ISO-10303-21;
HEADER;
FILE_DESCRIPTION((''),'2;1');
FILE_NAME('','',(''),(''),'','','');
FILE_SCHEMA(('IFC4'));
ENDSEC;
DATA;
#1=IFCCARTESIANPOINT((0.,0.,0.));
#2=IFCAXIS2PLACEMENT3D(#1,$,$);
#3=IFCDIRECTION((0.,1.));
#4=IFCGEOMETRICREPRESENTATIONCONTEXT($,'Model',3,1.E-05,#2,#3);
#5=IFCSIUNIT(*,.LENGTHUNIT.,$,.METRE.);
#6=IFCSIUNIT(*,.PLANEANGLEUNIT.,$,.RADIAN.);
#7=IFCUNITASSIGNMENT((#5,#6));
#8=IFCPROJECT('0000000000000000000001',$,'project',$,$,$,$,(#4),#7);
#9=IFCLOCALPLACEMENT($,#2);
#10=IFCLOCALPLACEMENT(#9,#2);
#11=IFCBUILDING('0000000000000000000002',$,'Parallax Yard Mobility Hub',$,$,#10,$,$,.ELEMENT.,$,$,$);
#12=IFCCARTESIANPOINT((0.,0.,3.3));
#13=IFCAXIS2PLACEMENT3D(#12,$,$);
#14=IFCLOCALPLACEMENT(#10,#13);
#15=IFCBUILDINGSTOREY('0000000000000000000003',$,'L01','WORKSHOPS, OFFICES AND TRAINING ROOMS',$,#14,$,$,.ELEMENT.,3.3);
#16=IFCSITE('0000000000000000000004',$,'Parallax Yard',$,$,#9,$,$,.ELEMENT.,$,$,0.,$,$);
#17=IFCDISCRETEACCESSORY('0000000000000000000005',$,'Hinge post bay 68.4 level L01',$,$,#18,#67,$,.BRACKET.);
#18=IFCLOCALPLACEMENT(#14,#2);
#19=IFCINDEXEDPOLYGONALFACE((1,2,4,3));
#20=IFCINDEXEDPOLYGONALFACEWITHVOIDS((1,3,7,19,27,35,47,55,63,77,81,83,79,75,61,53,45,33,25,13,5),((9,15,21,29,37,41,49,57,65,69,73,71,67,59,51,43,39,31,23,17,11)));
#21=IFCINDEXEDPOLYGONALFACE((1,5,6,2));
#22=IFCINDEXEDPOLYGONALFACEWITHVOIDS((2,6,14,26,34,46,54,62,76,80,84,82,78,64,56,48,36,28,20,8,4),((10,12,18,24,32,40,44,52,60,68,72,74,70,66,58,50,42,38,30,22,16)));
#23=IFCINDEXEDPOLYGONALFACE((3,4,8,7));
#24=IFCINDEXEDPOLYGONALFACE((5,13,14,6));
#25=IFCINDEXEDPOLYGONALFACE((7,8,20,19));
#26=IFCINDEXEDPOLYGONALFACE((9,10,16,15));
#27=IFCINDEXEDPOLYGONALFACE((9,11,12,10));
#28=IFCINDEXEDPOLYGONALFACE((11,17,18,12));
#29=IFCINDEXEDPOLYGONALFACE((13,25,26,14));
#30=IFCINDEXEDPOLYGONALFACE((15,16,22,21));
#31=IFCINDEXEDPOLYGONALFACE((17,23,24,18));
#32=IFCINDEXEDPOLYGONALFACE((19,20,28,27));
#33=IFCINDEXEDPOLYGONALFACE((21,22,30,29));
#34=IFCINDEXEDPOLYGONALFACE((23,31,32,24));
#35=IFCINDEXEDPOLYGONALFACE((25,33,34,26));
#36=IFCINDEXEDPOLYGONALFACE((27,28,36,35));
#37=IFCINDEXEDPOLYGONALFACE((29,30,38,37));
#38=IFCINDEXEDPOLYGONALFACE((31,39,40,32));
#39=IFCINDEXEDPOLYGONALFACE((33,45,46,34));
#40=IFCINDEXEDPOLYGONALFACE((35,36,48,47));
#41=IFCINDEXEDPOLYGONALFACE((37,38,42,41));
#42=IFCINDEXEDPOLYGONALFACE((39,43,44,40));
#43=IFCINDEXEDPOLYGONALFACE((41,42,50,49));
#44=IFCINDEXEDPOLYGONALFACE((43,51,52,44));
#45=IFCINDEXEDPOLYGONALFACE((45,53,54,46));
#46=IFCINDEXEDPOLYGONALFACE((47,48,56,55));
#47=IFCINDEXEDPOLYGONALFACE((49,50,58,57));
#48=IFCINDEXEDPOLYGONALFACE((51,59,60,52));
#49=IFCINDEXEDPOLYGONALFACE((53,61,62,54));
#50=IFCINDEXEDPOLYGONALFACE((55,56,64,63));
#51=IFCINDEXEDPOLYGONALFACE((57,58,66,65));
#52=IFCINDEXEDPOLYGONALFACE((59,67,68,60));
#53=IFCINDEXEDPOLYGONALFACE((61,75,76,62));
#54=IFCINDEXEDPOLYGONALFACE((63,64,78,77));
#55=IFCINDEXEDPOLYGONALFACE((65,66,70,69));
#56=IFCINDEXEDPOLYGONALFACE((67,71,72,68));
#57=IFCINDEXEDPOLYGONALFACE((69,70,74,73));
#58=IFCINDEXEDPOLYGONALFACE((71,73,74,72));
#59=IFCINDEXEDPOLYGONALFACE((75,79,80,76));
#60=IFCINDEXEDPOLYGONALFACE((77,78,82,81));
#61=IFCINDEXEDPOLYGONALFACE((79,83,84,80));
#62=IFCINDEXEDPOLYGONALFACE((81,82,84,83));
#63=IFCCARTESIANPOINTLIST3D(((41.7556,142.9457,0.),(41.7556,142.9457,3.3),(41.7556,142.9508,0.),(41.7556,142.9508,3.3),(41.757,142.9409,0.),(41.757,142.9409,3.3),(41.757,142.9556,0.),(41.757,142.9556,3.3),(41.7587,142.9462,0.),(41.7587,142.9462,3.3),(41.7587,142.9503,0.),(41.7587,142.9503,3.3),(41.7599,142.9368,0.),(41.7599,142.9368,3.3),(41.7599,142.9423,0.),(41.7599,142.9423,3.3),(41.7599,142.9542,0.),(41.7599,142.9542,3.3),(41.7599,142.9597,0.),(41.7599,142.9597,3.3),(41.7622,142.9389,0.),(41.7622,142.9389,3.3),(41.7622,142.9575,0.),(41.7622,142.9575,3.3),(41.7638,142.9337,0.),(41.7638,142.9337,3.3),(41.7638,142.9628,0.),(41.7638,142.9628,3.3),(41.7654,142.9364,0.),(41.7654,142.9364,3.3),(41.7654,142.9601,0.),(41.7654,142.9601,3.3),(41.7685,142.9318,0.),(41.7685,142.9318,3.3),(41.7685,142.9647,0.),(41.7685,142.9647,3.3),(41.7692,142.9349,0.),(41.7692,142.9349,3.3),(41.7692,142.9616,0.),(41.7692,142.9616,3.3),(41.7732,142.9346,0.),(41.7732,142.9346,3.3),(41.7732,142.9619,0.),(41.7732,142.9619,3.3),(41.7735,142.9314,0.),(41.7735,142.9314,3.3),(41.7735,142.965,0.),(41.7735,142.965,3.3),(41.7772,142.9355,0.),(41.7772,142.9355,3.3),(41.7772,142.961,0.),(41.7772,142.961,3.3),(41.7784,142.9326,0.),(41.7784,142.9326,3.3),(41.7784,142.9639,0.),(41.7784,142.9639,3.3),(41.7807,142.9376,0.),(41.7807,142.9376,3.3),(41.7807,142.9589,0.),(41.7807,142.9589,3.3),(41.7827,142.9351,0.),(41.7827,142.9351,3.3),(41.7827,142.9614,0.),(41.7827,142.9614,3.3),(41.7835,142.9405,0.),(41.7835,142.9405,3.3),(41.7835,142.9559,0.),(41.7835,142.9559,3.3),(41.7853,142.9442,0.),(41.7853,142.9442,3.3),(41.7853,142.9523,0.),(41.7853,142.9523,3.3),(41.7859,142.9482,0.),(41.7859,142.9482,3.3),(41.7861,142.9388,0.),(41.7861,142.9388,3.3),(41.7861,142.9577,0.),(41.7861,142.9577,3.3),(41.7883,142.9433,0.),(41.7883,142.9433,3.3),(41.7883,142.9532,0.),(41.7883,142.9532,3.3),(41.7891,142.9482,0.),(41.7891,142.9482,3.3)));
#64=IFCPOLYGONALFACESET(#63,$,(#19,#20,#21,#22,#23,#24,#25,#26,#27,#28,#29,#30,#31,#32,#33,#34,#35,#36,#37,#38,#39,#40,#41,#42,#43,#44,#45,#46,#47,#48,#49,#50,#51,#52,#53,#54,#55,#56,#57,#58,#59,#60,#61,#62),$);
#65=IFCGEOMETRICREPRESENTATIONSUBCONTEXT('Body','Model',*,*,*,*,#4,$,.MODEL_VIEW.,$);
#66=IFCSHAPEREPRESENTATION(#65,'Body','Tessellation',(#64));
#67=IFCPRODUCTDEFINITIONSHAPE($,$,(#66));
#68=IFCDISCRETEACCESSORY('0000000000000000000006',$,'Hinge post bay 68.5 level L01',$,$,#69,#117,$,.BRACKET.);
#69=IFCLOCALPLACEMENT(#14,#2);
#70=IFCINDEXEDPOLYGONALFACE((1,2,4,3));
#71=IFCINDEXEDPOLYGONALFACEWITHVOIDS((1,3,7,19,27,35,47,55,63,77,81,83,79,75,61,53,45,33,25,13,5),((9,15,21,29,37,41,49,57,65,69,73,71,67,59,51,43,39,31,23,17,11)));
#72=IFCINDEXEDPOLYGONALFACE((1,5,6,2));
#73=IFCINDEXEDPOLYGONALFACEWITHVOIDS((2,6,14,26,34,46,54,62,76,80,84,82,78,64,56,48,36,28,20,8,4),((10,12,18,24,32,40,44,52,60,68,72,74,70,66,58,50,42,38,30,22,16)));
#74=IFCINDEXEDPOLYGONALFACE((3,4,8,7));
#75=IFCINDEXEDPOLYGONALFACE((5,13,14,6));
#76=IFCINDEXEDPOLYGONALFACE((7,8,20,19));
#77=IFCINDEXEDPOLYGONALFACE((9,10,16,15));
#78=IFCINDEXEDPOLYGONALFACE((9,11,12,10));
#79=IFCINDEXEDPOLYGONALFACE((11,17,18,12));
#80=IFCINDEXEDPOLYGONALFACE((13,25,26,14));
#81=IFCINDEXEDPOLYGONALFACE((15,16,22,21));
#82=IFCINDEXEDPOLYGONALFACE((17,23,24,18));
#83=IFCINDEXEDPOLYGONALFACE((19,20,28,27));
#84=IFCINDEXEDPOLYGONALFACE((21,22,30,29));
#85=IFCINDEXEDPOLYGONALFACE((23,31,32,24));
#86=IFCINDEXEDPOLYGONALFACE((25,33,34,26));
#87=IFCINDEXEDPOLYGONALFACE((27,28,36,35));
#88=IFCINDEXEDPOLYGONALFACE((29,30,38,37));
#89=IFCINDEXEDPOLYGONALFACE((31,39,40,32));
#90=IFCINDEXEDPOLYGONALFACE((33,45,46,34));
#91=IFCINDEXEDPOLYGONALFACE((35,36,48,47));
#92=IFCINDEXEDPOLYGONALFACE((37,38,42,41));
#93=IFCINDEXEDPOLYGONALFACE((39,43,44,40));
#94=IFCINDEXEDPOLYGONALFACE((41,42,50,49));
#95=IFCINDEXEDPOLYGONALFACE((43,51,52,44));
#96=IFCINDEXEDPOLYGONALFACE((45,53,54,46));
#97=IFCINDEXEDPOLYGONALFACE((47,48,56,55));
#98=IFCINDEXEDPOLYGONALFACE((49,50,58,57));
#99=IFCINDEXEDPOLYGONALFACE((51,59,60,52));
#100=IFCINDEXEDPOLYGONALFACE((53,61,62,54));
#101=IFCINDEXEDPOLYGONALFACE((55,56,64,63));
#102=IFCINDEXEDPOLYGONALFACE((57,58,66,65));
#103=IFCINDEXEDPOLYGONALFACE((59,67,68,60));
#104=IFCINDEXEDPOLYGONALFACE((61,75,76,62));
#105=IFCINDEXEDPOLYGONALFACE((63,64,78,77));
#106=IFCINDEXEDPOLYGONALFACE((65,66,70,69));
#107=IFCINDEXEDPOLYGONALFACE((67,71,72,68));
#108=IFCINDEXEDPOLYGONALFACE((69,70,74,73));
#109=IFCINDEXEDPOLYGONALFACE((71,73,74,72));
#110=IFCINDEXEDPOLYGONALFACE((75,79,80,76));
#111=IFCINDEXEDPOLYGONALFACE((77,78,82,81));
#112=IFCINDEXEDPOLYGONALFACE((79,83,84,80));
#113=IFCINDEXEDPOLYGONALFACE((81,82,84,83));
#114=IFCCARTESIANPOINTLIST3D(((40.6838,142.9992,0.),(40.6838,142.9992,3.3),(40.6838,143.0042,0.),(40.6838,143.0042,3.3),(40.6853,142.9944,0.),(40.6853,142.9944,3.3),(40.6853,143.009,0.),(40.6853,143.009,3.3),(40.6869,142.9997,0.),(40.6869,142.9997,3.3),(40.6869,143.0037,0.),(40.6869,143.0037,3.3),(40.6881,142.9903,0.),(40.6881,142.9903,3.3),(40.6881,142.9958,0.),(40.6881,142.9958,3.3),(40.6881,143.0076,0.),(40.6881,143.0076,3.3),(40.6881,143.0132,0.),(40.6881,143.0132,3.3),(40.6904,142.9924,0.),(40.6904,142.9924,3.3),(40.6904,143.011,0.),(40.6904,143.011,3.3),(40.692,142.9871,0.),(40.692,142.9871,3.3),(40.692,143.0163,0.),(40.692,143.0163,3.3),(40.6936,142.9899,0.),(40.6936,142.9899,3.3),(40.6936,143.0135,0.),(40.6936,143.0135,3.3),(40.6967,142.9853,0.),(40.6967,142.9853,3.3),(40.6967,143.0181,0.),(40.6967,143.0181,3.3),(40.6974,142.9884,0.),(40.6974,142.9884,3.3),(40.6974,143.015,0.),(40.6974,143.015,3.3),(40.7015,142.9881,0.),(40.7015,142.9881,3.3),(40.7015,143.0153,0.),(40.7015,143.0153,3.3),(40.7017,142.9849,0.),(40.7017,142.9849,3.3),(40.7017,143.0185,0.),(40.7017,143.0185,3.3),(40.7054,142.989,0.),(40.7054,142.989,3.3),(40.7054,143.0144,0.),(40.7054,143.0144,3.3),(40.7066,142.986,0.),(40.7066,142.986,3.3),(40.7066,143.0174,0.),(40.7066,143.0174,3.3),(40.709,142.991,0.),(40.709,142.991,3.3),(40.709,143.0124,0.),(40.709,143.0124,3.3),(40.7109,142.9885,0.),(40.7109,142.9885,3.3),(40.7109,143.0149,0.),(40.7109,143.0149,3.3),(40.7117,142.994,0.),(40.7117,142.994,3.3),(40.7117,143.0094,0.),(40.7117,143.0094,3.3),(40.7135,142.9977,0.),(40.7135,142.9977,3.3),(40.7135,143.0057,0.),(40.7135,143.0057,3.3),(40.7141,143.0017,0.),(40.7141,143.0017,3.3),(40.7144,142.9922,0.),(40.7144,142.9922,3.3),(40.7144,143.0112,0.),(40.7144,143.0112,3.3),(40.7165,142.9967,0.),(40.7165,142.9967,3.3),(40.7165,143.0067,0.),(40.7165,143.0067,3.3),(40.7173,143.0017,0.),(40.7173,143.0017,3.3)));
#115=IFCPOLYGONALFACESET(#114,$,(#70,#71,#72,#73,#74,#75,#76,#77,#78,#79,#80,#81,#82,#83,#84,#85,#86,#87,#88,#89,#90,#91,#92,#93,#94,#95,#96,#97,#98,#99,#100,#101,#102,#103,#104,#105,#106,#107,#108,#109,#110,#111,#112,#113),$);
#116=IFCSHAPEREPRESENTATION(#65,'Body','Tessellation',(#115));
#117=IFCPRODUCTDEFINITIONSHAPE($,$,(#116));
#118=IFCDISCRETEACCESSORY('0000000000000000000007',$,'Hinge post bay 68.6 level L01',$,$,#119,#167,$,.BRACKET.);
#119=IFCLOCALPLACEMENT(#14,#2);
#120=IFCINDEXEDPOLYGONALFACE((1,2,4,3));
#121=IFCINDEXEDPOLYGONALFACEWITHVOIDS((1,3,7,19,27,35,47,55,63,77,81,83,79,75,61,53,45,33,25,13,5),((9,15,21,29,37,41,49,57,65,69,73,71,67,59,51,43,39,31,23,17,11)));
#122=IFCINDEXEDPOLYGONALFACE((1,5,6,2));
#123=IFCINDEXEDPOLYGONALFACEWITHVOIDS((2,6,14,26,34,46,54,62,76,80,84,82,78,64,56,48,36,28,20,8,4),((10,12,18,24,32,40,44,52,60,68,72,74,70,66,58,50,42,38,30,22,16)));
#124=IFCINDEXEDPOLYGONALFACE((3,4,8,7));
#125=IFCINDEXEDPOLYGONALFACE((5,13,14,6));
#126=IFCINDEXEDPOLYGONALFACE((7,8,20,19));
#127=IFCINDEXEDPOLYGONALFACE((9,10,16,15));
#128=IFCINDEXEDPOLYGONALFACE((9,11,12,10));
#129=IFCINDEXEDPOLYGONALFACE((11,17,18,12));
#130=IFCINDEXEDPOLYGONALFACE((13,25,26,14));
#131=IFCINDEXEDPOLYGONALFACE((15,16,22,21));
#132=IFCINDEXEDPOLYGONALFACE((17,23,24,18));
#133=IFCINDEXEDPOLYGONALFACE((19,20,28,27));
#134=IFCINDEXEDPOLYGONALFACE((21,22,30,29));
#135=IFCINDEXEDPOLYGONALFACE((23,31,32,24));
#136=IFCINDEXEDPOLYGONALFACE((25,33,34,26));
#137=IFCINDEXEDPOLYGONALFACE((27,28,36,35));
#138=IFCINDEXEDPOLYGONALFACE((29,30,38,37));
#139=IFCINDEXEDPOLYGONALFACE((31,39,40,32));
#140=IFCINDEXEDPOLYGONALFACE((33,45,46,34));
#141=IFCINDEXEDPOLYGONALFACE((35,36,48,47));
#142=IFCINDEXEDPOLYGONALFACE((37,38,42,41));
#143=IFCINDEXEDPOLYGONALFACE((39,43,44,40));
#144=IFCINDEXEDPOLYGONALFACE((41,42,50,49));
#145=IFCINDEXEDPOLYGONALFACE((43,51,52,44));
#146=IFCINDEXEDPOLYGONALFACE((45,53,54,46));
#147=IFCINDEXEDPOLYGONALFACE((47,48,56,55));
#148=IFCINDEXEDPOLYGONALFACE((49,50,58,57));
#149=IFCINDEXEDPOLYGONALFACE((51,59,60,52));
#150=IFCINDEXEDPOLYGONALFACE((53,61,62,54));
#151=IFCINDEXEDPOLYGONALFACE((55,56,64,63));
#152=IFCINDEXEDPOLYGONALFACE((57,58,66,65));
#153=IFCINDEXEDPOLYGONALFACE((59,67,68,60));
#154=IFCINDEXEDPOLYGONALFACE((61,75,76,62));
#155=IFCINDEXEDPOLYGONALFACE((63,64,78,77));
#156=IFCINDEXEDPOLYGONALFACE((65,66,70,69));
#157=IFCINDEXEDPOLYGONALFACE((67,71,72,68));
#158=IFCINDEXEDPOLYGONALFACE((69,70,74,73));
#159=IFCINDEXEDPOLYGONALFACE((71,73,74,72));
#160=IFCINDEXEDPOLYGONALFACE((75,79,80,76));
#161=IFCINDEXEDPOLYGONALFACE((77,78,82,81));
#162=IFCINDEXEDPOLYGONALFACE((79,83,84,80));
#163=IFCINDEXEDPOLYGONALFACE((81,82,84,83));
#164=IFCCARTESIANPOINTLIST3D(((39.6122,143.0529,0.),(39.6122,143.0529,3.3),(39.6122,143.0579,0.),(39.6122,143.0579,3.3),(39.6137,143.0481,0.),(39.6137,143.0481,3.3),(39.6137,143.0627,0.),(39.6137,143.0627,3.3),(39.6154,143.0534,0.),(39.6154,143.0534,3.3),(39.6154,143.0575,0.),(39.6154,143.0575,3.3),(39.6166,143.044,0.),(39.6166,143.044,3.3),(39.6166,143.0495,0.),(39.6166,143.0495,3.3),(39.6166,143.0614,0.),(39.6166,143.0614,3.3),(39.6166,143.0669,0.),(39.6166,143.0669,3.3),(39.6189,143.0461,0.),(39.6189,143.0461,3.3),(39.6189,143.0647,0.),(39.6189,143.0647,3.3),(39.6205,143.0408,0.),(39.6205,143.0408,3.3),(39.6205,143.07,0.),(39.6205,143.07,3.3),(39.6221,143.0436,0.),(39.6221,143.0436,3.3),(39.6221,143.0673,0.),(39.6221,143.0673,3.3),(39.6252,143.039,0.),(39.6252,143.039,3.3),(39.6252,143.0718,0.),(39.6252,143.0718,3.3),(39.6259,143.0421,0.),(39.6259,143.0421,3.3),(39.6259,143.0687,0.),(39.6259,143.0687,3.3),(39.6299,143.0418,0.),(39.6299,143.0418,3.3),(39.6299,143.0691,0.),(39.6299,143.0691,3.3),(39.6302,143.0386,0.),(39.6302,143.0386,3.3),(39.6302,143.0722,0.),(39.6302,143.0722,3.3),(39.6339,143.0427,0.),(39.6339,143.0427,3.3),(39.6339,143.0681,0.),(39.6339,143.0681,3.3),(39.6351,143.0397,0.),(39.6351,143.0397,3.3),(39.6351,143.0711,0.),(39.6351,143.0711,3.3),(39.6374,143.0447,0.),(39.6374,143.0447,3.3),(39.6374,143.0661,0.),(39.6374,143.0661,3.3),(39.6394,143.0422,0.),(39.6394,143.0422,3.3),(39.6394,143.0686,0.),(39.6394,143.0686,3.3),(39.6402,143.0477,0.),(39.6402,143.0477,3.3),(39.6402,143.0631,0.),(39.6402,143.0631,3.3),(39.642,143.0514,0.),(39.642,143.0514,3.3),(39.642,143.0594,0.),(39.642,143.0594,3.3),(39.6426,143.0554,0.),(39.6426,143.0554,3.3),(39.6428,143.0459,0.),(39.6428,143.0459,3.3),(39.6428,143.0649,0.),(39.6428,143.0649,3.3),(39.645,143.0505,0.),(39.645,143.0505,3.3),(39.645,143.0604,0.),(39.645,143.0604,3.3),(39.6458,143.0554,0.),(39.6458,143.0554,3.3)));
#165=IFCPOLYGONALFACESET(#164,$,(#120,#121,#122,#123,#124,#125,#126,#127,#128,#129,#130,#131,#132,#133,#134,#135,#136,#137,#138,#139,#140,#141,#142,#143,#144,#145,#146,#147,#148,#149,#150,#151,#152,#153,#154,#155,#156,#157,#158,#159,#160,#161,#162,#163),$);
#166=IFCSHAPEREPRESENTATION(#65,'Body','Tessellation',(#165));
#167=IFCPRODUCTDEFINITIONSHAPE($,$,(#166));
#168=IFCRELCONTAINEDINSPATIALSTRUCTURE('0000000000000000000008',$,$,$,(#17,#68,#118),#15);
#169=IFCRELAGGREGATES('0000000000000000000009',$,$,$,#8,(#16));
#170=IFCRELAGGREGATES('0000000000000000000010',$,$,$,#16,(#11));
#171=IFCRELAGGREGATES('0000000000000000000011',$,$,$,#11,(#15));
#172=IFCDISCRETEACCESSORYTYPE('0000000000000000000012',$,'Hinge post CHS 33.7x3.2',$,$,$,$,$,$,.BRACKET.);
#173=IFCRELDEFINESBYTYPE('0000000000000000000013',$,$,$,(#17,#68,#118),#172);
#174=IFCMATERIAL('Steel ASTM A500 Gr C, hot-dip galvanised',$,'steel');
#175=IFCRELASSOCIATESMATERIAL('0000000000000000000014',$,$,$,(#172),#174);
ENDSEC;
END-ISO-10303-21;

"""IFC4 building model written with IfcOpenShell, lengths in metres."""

from ifc_helpers import new_model, si_unit, direction, frame, origin, origin_2d, place, context, subcontext, project, spatial, hollow_circle, extrude, material, material_profile, profile_set, type_object, element, save


model = new_model("IFC4")

# Units and contexts
model_context = context("Model", 3, precision=1e-05, world=origin(), true_north=direction((0.0, 1.0)))
body_context = subcontext(model_context, "Body", "Model", "MODEL_VIEW")
ifc_project = project(units=[si_unit("LENGTHUNIT", "METRE"), si_unit("PLANEANGLEUNIT", "RADIAN")], contexts=[model_context])

# Site, building, storey
site_placement = place(None, origin())
site = spatial("IfcSite", under=ifc_project, at=site_placement, Name="Parallax Yard", CompositionType="ELEMENT", RefElevation=0.0)
building_placement = place(site_placement, origin())
building = spatial("IfcBuilding", under=site, at=building_placement, Name="Parallax Yard Mobility Hub", CompositionType="ELEMENT")
storey_placement = place(building_placement, frame((0.0, 0.0, 3.3)))
storey = spatial("IfcBuildingStorey", under=building, at=storey_placement, Name="L01", Description="WORKSHOPS, OFFICES AND TRAINING ROOMS", CompositionType="ELEMENT", Elevation=3.3)

# Discrete accessories
ifc_material_1 = material(Name="Steel ASTM A500 Gr C, hot-dip galvanised", Category="steel")
ifc_material_profile = material_profile(ifc_material_1, hollow_circle(Radius=0.0168, WallThickness=0.0032, at=origin_2d()), Name="CHS 33.7x3.2")
ifc_profile_set = profile_set([ifc_material_profile], Name="Steel ASTM A500 Gr C, hot-dip galvanised")
discrete_accessory_type_1 = type_object("IfcDiscreteAccessoryType", Name="Hinge post CHS 33.7x3.2", PredefinedType="BRACKET", material=ifc_profile_set)
for number, where, z_axis, x_axis, name in (
    (1, (41.7722, 142.9482, 0.0), (0.0, 0.0, 1.0), (1.0, 0.0, 0.0), "Hinge post bay 68.4 level L01"),
    (2, (40.7004, 143.0017, 0.0), (0.0, 0.0, 1.0), (1.0, 0.0, 0.0), "Hinge post bay 68.5 level L01"),
    (3, (39.6289, 143.0554, 0.0), (0.0, 0.0, 1.0), (1.0, 0.0, 0.0), "Hinge post bay 68.6 level L01"),
):
    element("IfcDiscreteAccessory", number, at=place(storey_placement, frame(where, z_axis=z_axis, x_axis=x_axis)), inside=storey, type_object=discrete_accessory_type_1, Name=name, PredefinedType="BRACKET", context=body_context, shape_type="SweptSolid", body=[
        extrude(hollow_circle(Radius=0.0168, WallThickness=0.0032, at=origin_2d()), origin(), (0.0, 0.0, 1.0), 3.3),
    ])

save(model, "model.ifc")
